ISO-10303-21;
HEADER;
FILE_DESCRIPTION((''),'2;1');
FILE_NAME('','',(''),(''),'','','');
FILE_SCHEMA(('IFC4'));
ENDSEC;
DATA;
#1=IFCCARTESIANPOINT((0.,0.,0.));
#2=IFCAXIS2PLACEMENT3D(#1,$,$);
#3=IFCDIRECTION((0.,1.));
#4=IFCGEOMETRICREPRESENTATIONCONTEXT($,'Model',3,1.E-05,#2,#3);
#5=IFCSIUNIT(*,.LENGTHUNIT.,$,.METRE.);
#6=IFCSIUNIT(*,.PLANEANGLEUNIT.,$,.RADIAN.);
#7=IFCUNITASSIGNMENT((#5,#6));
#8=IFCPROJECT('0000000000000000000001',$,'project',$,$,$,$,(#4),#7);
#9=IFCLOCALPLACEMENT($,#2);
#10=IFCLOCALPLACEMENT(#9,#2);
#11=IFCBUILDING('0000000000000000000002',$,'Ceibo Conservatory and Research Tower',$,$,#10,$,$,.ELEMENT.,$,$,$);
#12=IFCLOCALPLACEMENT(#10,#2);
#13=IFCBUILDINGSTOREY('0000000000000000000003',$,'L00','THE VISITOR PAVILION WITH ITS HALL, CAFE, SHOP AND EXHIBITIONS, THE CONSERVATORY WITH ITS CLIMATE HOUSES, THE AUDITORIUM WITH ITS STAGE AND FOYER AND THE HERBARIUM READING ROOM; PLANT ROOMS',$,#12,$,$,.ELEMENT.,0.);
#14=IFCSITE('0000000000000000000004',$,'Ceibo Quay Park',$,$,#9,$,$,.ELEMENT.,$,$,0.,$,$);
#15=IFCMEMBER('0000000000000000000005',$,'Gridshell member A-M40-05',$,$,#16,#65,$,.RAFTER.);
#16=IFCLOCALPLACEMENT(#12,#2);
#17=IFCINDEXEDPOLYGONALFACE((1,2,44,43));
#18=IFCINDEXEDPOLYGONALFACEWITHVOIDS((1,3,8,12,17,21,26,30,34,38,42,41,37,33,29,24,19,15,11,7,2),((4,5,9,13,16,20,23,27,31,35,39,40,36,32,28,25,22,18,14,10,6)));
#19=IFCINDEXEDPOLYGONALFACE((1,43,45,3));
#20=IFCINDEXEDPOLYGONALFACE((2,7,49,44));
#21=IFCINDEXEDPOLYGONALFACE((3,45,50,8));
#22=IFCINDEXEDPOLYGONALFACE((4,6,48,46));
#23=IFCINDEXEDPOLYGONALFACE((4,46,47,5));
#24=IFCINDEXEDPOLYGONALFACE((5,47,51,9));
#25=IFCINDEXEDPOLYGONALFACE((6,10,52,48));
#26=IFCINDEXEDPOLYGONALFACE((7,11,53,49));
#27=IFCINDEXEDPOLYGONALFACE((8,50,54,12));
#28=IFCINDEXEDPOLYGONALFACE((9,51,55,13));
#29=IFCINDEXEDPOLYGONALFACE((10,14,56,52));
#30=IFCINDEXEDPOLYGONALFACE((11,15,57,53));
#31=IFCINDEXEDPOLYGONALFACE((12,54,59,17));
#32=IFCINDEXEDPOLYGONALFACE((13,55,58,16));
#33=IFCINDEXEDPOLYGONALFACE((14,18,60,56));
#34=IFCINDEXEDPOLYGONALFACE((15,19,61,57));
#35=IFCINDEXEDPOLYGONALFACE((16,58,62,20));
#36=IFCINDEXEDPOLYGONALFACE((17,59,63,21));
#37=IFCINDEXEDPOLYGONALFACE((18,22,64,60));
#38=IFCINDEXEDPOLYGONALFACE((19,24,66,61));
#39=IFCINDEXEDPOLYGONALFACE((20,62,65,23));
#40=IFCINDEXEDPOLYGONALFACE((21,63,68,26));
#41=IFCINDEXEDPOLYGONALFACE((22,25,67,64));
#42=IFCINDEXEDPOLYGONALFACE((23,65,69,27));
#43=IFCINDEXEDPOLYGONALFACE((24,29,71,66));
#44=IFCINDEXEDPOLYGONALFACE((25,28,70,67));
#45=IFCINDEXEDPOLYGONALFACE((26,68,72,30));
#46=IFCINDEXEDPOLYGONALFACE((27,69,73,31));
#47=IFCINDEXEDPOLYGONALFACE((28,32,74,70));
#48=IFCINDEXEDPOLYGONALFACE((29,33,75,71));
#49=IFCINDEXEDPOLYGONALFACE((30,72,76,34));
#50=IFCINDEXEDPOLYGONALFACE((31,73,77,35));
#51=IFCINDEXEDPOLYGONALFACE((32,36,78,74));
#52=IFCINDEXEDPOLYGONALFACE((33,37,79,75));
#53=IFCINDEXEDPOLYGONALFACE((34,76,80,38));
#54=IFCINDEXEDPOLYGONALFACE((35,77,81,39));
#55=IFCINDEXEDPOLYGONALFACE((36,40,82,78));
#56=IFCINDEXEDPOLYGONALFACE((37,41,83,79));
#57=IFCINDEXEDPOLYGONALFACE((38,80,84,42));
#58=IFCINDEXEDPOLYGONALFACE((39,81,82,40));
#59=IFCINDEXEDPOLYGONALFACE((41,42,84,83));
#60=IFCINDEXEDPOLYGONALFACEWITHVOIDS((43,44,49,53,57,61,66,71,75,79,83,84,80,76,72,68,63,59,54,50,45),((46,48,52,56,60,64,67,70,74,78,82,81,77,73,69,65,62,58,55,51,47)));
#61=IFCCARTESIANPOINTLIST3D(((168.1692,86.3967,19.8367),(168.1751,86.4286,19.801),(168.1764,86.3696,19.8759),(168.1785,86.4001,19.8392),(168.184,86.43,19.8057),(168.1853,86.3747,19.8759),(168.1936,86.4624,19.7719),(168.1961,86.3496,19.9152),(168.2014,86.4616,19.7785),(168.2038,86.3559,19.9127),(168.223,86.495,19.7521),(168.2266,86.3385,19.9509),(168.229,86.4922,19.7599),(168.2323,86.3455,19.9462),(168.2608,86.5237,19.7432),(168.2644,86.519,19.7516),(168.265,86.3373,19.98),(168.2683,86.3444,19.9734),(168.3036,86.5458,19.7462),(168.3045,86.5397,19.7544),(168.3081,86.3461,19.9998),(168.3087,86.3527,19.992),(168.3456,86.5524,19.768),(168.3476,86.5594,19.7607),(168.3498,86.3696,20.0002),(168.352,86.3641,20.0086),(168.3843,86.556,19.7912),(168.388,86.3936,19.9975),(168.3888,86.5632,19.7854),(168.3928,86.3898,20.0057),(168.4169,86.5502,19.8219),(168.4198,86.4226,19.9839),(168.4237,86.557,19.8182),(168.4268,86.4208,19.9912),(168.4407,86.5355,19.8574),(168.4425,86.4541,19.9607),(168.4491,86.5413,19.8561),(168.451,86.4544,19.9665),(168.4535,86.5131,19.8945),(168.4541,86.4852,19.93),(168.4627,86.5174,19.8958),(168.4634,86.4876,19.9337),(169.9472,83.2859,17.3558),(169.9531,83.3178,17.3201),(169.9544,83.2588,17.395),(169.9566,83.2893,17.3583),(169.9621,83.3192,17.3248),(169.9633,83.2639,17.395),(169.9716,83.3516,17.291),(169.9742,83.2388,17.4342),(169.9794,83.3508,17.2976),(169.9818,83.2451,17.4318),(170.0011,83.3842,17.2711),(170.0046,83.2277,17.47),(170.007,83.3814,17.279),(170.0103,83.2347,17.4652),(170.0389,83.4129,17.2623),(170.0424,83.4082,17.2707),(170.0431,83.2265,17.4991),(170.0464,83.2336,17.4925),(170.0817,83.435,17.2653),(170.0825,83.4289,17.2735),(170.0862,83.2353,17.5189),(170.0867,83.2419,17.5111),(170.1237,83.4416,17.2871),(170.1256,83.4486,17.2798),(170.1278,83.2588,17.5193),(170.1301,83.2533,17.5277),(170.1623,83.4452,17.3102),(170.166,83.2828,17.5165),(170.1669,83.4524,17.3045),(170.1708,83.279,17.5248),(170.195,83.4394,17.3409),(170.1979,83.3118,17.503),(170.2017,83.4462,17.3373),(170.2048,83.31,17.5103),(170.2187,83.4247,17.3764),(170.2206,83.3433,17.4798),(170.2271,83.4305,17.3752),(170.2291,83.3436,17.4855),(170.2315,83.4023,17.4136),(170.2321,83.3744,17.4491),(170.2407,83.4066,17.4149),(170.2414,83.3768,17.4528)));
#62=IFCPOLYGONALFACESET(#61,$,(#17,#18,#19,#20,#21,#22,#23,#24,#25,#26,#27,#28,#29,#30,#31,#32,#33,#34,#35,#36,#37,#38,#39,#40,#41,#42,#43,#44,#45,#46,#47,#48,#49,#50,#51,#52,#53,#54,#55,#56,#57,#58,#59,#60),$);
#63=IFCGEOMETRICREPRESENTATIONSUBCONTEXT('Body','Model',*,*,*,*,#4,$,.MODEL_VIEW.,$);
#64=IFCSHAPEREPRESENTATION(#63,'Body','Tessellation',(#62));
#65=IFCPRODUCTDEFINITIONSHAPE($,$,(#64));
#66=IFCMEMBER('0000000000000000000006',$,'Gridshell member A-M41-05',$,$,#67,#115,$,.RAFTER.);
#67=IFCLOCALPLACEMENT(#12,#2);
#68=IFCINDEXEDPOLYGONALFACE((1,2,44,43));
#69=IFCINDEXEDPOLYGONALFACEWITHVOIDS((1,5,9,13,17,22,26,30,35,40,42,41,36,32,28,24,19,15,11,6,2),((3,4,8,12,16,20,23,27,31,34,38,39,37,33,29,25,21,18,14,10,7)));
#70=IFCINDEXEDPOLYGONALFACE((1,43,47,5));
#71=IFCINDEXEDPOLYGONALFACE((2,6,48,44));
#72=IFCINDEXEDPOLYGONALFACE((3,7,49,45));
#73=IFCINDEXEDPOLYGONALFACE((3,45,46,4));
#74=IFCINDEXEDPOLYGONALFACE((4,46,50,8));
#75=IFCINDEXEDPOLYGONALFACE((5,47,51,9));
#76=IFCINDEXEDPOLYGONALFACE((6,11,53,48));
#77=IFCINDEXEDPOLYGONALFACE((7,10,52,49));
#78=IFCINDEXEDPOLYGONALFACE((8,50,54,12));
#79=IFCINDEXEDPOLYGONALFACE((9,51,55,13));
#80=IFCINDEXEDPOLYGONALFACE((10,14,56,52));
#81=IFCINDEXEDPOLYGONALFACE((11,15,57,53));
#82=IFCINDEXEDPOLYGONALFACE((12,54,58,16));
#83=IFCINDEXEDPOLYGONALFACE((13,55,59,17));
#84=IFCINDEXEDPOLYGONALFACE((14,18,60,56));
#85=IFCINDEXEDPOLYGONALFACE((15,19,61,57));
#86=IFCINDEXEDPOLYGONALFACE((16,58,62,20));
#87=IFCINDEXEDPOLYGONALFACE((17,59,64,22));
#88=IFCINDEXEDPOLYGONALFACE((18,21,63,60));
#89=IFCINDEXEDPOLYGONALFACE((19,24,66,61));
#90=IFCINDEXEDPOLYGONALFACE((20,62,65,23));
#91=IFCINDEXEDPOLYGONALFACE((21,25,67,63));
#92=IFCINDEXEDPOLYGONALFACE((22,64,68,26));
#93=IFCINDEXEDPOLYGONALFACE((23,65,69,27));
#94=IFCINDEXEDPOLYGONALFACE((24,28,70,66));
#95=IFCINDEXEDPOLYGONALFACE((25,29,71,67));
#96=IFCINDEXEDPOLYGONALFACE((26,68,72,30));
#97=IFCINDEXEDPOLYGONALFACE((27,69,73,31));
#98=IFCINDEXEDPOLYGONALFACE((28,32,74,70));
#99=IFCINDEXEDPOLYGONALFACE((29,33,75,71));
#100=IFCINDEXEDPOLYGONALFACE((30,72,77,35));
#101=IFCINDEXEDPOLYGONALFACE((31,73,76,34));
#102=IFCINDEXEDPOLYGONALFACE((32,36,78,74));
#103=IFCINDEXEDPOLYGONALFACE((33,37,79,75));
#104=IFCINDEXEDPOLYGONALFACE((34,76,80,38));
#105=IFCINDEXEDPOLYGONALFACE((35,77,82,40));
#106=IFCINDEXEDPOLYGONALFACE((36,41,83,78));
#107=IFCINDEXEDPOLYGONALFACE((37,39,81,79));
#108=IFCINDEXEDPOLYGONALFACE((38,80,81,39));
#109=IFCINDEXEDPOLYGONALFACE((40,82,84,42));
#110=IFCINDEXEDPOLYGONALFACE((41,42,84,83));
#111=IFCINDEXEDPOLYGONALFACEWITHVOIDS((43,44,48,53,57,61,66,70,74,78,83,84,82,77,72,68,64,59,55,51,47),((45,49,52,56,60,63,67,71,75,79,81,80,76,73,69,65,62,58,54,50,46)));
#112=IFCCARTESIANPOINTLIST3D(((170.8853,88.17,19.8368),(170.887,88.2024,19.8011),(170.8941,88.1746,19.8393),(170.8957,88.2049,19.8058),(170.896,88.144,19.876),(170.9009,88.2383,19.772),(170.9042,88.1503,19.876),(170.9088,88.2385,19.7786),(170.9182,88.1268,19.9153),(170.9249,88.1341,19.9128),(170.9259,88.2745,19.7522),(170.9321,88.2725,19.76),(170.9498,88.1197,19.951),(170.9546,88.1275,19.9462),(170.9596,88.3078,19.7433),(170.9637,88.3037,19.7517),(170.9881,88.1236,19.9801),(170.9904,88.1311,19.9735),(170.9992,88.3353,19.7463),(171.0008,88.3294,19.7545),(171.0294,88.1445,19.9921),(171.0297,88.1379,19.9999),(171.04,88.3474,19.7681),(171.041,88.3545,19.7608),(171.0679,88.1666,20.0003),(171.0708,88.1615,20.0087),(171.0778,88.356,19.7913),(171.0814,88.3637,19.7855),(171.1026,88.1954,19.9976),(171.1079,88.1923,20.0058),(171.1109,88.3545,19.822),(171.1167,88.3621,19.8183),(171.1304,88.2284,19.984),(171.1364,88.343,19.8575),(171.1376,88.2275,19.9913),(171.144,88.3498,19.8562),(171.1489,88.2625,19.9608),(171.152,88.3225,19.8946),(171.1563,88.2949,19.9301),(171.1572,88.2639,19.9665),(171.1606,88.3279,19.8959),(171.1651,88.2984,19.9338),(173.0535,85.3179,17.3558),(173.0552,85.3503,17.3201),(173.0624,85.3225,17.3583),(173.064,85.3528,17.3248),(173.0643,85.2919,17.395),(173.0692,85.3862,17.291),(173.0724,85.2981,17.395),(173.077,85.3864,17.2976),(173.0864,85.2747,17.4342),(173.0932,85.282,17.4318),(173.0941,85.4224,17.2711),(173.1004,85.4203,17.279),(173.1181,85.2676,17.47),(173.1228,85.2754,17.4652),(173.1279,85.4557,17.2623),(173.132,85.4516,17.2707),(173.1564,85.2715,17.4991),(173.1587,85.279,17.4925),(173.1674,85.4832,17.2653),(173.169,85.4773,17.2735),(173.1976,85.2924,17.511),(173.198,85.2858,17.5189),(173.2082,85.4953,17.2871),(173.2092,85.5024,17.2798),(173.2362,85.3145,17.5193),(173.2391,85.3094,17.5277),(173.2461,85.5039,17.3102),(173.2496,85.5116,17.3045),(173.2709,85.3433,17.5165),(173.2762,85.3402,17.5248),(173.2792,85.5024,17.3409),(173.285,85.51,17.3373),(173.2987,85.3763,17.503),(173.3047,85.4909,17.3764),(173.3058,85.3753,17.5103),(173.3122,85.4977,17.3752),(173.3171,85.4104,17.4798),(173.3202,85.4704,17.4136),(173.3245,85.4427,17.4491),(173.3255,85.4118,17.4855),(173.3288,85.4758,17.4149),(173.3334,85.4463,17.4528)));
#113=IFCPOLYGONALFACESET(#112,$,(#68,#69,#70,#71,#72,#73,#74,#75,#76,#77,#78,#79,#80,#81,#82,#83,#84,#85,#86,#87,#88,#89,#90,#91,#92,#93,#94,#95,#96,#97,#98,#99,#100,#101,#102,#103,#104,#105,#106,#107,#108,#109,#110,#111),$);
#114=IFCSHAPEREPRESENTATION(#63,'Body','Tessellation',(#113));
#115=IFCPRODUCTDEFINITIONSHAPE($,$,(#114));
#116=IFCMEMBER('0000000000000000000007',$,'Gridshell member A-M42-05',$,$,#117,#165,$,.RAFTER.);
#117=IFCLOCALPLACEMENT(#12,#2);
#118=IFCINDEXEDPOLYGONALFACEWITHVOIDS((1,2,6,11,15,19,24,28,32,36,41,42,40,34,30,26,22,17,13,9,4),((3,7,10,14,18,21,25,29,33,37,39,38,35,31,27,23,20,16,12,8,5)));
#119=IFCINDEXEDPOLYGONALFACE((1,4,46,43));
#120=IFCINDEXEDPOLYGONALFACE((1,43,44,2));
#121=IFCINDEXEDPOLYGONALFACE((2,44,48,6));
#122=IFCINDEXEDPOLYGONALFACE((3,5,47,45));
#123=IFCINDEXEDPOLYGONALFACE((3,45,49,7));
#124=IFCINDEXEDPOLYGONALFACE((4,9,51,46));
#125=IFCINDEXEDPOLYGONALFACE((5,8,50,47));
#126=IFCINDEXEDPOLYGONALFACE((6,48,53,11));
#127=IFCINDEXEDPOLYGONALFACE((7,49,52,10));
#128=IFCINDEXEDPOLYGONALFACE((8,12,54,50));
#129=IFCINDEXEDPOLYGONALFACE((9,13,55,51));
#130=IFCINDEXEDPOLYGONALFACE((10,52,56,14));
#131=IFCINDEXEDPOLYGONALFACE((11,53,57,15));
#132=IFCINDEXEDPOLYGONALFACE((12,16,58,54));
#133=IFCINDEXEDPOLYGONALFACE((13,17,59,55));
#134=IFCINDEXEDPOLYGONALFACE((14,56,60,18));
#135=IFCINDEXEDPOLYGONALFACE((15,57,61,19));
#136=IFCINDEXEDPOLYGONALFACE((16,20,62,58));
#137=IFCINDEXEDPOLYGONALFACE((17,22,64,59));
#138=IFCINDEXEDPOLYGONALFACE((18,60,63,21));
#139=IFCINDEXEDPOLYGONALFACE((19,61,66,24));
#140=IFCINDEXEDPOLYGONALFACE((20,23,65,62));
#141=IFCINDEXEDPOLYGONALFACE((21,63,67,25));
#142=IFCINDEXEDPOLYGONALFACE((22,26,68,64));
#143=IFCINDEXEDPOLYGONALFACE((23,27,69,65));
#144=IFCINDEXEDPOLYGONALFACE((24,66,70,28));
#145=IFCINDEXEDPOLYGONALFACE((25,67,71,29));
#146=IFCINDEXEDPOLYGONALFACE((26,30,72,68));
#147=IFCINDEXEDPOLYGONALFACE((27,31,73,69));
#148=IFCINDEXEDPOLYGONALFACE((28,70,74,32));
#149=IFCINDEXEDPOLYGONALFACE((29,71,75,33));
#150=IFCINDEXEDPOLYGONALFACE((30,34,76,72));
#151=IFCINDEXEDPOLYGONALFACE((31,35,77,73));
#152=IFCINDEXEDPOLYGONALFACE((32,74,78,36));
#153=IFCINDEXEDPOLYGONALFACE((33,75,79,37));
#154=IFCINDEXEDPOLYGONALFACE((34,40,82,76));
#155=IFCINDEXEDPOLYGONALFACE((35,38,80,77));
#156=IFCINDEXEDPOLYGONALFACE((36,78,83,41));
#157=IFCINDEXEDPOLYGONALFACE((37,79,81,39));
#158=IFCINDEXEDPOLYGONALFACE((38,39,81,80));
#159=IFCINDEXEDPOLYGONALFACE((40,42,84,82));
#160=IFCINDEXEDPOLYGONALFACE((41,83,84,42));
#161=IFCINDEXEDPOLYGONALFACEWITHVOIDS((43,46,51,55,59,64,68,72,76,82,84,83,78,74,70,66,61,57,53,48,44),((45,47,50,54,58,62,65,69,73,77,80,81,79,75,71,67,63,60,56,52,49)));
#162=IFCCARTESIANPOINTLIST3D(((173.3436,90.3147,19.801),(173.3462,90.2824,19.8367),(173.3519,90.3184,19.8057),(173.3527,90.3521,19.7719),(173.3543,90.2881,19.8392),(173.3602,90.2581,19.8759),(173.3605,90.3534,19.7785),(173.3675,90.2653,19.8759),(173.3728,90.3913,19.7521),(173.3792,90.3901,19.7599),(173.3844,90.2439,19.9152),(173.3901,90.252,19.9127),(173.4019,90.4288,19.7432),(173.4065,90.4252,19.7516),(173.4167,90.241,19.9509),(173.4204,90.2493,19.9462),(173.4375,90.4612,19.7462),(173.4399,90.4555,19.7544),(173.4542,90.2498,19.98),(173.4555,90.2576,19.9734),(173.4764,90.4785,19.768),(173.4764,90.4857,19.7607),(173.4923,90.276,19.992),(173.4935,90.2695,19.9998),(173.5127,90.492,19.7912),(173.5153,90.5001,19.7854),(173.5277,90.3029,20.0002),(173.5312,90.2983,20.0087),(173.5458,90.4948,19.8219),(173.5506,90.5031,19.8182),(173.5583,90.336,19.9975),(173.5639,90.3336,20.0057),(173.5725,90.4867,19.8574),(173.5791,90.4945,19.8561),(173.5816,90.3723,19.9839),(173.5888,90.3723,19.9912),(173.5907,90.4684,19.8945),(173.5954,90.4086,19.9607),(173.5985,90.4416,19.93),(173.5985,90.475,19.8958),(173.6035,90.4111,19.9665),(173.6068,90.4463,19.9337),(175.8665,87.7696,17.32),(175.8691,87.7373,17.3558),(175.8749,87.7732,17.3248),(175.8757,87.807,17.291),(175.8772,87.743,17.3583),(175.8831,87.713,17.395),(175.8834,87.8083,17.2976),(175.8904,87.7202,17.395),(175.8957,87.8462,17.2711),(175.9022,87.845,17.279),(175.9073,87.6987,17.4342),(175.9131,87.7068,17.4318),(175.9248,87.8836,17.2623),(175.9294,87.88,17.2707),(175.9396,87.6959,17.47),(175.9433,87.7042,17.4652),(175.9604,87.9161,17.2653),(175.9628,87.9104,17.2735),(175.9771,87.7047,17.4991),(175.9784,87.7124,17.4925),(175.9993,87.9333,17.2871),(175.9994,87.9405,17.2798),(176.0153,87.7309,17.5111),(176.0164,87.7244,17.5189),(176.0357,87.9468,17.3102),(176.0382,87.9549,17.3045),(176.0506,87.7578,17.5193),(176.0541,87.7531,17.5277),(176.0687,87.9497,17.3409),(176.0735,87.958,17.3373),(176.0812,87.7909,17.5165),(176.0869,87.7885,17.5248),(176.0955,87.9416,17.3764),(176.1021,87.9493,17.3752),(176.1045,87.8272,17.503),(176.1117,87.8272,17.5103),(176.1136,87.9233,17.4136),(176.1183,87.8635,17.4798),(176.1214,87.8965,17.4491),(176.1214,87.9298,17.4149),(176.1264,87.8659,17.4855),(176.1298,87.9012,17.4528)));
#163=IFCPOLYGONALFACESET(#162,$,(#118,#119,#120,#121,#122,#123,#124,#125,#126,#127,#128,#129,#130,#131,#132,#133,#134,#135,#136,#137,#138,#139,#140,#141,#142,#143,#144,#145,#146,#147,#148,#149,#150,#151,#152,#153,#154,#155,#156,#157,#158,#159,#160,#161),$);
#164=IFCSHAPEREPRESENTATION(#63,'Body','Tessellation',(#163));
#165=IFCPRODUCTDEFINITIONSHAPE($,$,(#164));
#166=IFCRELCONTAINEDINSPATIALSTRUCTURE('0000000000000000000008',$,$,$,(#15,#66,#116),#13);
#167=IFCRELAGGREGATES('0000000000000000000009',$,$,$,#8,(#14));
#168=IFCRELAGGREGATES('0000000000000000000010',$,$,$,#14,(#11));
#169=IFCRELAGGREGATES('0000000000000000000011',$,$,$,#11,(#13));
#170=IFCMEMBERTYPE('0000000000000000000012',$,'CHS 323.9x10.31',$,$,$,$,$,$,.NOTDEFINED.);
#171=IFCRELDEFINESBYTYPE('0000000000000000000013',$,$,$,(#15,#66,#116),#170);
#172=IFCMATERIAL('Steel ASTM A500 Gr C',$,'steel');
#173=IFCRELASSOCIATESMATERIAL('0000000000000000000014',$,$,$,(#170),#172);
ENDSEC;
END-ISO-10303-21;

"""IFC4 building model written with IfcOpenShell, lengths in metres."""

from ifc_helpers import new_model, si_unit, direction, frame, origin, origin_2d, place, context, subcontext, project, spatial, hollow_circle, extrude, material, material_profile, profile_set, type_object, element, save


model = new_model("IFC4")

# Units and contexts
model_context = context("Model", 3, precision=1e-05, world=origin(), true_north=direction((0.0, 1.0)))
body_context = subcontext(model_context, "Body", "Model", "MODEL_VIEW")
ifc_project = project(units=[si_unit("LENGTHUNIT", "METRE"), si_unit("PLANEANGLEUNIT", "RADIAN")], contexts=[model_context])

# Site, building, storey
site_placement = place(None, origin())
site = spatial("IfcSite", under=ifc_project, at=site_placement, Name="Ceibo Quay Park", CompositionType="ELEMENT", RefElevation=0.0)
building_placement = place(site_placement, origin())
building = spatial("IfcBuilding", under=site, at=building_placement, Name="Ceibo Conservatory and Research Tower", CompositionType="ELEMENT")
storey_placement = place(building_placement, origin())
storey = spatial("IfcBuildingStorey", under=building, at=storey_placement, Name="L00", Description="THE VISITOR PAVILION WITH ITS HALL, CAFE, SHOP AND EXHIBITIONS, THE CONSERVATORY WITH ITS CLIMATE HOUSES, THE AUDITORIUM WITH ITS STAGE AND FOYER AND THE HERBARIUM READING ROOM; PLANT ROOMS", CompositionType="ELEMENT", Elevation=0.0)

# Members
ifc_material_1 = material(Name="Steel ASTM A500 Gr C", Category="steel")
ifc_material_profile_1 = material_profile(ifc_material_1, hollow_circle(Radius=0.1619, WallThickness=0.0103, at=origin_2d()), Name="CHS 323.9x10.31")
ifc_profile_set_1 = profile_set([ifc_material_profile_1], Name="Steel ASTM A500 Gr C")
member_type_1 = type_object("IfcMemberType", Name="CHS 323.9x10.31", PredefinedType="NOTDEFINED", material=ifc_profile_set_1)
member_1_placement = place(storey_placement, frame((170.095, 83.3391, 17.395), z_axis=(-0.407983, 0.713788, 0.56926), x_axis=(-0.868189, -0.496234, 0.0)))
element("IfcMember", 1, at=member_1_placement, inside=storey, type_object=member_type_1, Name="Gridshell member A-M40-05", PredefinedType="RAFTER", context=body_context, shape_type="SweptSolid", body=[
    extrude(hollow_circle(Radius=0.1619, WallThickness=0.0103, at=origin_2d()), origin(), (0.0, 0.0, 1.0), 4.3582),
])
member_2_placement = place(storey_placement, frame((173.1931, 85.3899, 17.395), z_axis=(-0.497547, 0.654469, 0.569313), x_axis=(-0.796074, -0.605199, 0.0)))
element("IfcMember", 2, at=member_2_placement, inside=storey, type_object=member_type_1, Name="Gridshell member A-M41-05", PredefinedType="RAFTER", context=body_context, shape_type="SweptSolid", body=[
    extrude(hollow_circle(Radius=0.1619, WallThickness=0.0103, at=origin_2d()), origin(), (0.0, 0.0, 1.0), 4.3579),
])
member_3_placement = place(storey_placement, frame((175.998, 87.8269, 17.395), z_axis=(-0.57883, 0.583927, 0.569196), x_axis=(-0.7102, -0.704, 0.0)))
element("IfcMember", 3, at=member_3_placement, inside=storey, type_object=member_type_1, Name="Gridshell member A-M42-05", PredefinedType="RAFTER", context=body_context, shape_type="SweptSolid", body=[
    extrude(hollow_circle(Radius=0.1619, WallThickness=0.0103, at=origin_2d()), origin(), (0.0, 0.0, 1.0), 4.3586),
])

save(model, "model.ifc")
